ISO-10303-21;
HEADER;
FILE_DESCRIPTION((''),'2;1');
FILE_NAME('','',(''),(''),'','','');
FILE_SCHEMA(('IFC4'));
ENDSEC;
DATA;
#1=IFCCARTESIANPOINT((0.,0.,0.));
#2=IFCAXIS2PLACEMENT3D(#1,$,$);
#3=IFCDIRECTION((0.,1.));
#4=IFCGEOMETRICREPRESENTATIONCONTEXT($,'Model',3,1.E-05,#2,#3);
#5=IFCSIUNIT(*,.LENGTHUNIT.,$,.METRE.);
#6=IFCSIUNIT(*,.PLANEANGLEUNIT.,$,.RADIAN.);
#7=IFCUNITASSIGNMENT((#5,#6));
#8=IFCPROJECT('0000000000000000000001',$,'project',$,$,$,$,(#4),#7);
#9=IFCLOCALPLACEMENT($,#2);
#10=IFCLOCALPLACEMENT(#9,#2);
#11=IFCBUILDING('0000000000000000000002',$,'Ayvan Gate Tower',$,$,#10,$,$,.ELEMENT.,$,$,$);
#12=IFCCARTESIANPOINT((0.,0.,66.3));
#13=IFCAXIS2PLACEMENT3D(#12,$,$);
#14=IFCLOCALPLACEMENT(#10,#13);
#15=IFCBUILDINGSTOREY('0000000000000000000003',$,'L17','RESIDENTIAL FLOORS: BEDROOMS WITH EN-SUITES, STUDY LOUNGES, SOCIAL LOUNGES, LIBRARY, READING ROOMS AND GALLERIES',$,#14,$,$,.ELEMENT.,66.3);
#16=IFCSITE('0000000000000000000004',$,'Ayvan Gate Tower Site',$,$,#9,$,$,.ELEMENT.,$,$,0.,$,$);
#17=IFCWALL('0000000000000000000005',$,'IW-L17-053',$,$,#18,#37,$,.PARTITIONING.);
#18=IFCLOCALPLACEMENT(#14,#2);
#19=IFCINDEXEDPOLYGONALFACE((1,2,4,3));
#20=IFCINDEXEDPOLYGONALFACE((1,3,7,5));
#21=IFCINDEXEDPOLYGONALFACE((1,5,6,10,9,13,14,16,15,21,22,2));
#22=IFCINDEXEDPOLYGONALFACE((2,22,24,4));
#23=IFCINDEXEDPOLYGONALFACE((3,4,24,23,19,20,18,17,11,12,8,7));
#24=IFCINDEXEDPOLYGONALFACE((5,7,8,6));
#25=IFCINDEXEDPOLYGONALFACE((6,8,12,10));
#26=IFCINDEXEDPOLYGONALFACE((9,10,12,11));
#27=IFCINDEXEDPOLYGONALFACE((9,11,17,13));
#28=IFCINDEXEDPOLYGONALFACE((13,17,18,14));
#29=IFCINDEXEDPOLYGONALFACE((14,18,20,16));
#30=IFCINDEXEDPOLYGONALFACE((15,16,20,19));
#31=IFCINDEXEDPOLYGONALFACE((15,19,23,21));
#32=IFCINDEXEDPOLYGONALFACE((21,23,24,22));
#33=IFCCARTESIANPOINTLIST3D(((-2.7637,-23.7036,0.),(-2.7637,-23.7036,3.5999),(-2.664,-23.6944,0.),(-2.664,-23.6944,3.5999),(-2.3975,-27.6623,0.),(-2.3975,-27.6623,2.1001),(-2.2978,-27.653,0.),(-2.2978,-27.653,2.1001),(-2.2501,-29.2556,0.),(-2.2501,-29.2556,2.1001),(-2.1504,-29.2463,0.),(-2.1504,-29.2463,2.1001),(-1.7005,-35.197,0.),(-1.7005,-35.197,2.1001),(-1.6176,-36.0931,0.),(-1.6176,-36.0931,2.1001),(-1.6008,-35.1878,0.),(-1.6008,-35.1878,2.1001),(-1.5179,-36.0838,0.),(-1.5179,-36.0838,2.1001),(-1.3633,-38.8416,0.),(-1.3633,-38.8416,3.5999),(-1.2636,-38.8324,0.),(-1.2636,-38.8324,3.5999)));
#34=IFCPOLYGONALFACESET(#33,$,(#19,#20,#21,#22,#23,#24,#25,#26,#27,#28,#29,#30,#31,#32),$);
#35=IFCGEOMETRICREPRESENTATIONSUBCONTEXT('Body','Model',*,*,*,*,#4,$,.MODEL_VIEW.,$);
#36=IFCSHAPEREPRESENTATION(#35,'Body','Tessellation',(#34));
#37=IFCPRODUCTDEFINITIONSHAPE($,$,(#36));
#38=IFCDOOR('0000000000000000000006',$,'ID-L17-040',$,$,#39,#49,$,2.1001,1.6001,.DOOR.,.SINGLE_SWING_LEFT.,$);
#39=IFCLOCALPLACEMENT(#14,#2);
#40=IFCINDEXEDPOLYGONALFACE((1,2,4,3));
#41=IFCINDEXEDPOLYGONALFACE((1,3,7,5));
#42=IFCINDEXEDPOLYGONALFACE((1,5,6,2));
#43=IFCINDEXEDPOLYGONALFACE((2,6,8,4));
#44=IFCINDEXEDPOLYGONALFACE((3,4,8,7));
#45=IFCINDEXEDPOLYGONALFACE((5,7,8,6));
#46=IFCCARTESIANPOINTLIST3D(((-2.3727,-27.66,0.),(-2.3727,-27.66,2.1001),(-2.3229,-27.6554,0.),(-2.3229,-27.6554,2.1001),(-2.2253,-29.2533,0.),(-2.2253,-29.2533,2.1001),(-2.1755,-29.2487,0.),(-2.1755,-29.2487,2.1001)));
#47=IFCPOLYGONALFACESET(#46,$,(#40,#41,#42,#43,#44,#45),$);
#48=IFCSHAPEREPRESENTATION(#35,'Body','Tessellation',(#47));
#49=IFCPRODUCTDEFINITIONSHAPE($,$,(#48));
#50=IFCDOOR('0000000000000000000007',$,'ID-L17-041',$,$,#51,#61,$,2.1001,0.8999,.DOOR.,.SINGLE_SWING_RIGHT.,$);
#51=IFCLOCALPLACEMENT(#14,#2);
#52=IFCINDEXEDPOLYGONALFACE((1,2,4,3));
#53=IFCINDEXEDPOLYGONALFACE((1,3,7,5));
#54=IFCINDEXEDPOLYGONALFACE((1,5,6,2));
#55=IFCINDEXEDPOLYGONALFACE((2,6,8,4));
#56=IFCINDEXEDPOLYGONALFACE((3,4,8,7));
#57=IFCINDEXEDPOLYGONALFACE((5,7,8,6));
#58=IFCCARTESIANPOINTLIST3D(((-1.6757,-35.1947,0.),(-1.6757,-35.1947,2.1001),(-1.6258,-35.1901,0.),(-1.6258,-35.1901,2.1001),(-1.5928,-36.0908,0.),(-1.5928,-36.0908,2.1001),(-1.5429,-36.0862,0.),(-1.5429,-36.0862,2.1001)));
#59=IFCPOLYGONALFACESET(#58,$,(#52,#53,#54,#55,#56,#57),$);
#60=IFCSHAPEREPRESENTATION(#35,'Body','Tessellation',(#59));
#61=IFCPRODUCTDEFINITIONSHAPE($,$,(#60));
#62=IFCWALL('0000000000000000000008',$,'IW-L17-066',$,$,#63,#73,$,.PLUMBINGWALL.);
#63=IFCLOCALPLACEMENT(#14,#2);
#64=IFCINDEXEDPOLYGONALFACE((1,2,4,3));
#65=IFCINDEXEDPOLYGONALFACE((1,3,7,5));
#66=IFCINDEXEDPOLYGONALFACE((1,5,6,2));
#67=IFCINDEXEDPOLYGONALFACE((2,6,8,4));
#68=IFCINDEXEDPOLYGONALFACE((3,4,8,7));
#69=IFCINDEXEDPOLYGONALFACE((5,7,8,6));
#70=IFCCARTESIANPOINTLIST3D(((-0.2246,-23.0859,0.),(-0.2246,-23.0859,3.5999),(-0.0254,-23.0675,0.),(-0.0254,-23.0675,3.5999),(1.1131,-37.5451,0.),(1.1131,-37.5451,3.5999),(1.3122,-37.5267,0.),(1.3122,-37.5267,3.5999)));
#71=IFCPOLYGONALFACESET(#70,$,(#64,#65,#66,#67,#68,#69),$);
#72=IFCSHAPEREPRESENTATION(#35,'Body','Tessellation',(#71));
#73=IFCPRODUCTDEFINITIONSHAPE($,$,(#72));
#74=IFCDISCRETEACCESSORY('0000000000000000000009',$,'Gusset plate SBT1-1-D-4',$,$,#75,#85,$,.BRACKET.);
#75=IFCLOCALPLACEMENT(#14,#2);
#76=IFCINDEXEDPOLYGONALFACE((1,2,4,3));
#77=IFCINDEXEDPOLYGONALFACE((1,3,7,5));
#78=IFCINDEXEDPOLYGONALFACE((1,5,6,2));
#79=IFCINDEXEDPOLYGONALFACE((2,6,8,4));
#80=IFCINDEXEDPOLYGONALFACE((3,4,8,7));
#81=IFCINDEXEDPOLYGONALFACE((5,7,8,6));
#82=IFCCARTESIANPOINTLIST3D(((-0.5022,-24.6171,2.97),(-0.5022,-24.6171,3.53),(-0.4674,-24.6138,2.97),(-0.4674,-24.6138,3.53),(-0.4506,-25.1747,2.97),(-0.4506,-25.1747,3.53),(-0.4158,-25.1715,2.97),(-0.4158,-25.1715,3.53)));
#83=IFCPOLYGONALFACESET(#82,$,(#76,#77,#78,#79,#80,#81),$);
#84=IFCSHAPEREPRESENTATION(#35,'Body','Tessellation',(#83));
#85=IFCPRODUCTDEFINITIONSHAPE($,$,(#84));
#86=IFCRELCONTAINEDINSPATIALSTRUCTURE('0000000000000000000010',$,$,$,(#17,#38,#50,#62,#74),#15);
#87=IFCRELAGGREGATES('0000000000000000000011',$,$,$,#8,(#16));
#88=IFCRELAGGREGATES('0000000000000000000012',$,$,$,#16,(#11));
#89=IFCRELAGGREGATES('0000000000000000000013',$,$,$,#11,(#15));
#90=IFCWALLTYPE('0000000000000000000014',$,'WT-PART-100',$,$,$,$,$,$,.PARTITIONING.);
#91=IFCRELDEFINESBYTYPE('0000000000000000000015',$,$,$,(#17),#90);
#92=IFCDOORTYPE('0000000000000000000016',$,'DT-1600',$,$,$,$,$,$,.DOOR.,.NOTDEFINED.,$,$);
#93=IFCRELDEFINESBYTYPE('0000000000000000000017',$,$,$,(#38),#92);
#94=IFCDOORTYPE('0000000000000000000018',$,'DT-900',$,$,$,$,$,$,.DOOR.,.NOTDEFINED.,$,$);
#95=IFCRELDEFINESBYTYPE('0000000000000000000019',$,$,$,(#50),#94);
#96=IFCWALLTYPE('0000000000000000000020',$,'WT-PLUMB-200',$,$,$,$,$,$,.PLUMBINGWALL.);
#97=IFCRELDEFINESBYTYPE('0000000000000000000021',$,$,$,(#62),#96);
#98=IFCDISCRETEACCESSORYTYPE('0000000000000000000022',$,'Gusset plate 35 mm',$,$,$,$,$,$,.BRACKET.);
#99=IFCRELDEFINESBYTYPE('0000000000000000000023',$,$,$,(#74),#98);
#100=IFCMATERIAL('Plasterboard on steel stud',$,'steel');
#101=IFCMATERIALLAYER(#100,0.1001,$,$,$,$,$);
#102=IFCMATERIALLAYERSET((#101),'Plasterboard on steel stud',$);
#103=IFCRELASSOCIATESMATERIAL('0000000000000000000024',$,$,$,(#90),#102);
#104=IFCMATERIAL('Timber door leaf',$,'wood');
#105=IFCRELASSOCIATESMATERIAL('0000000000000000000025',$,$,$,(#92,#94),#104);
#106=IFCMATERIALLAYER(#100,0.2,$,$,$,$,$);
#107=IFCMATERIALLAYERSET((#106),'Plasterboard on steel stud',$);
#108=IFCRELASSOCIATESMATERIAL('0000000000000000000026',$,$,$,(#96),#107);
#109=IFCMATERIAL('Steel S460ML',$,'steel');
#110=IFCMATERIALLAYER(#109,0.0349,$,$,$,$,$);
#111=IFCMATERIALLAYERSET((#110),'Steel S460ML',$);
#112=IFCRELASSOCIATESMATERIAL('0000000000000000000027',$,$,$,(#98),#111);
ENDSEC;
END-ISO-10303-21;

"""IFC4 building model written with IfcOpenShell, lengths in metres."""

from ifc_helpers import new_model, si_unit, direction, frame, frame_2d, origin, origin_2d, place, context, subcontext, project, spatial, rectangle, extrude, material, layer, layer_set, type_object, element, fill, save


model = new_model("IFC4")

# Units and contexts
model_context = context("Model", 3, precision=1e-05, world=origin(), true_north=direction((0.0, 1.0)))
body_context = subcontext(model_context, "Body", "Model", "MODEL_VIEW")
ifc_project = project(units=[si_unit("LENGTHUNIT", "METRE"), si_unit("PLANEANGLEUNIT", "RADIAN")], contexts=[model_context])

# Site, building, storey
site_placement = place(None, origin())
site = spatial("IfcSite", under=ifc_project, at=site_placement, Name="Ayvan Gate Tower Site", CompositionType="ELEMENT", RefElevation=0.0)
building_placement = place(site_placement, origin())
building = spatial("IfcBuilding", under=site, at=building_placement, Name="Ayvan Gate Tower", CompositionType="ELEMENT")
storey_placement = place(building_placement, frame((0.0, 0.0, 66.3)))
storey = spatial("IfcBuildingStorey", under=building, at=storey_placement, Name="L17", Description="RESIDENTIAL FLOORS: BEDROOMS WITH EN-SUITES, STUDY LOUNGES, SOCIAL LOUNGES, LIBRARY, READING ROOMS AND GALLERIES", CompositionType="ELEMENT", Elevation=66.3)

# Wall, openings, doors
ifc_material_1 = material(Name="Plasterboard on steel stud", Category="steel")
ifc_layer_1 = layer(ifc_material_1, 0.1001)
ifc_layer_set_1 = layer_set([ifc_layer_1], Name="Plasterboard on steel stud")
wall_type_1 = type_object("IfcWallType", Name="WT-PART-100", PredefinedType="PARTITIONING", material=ifc_layer_set_1)
wall_1_placement = place(storey_placement, frame((-2.7139, -23.699, 0.0), z_axis=(0.0, 0.0, 1.0), x_axis=(0.092115, -0.995748, 0.0)))
wall_1 = element("IfcWall", 1, at=wall_1_placement, inside=storey, type_object=wall_type_1, Name="IW-L17-053", PredefinedType="PARTITIONING", context=body_context, shape_type="SweptSolid", body=[
    extrude(rectangle(XDim=15.2026, YDim=0.1001, at=frame_2d((7.6013, 0.0))), origin(), (0.0, 0.0, 1.0), 3.5999),
])
opening_1_placement = place(wall_1_placement, frame((3.9756, 0.0, 0.0)))
opening_1 = element("IfcOpeningElement", 2, at=opening_1_placement, cuts=wall_1, PredefinedType="OPENING", context=body_context, shape_type="SweptSolid", body=[
    extrude(rectangle(XDim=1.6001, YDim=2.1001, at=frame_2d((0.8, 1.05))), frame((0.0, 0.0601, 0.0), z_axis=(0.0, -1.0, 0.0), x_axis=(1.0, 0.0, 0.0)), (0.0, 0.0, 1.0), 0.1201),
])
opening_2_placement = place(wall_1_placement, frame((11.5425, 0.0, 0.0)))
opening_2 = element("IfcOpeningElement", 3, at=opening_2_placement, cuts=wall_1, PredefinedType="OPENING", context=body_context, shape_type="SweptSolid", body=[
    extrude(rectangle(XDim=0.8999, YDim=2.1001, at=frame_2d((0.45, 1.05))), frame((0.0, 0.0601, 0.0), z_axis=(0.0, -1.0, 0.0), x_axis=(1.0, 0.0, 0.0)), (0.0, 0.0, 1.0), 0.1201),
])
ifc_material_2 = material(Name="Timber door leaf", Category="wood")
door_type_1 = type_object("IfcDoorType", Name="DT-1600", OperationType="NOTDEFINED", PredefinedType="DOOR", material=ifc_material_2)
door_1_placement = place(opening_1_placement, origin())
door_1 = element("IfcDoor", 4, at=door_1_placement, inside=storey, type_object=door_type_1, Name="ID-L17-040", OperationType="SINGLE_SWING_LEFT", OverallHeight=2.1001, OverallWidth=1.6001, PredefinedType="DOOR", context=body_context, shape_type="SweptSolid", body=[
    extrude(rectangle(XDim=1.6001, YDim=2.1001, at=frame_2d((0.8, 1.05))), frame((0.0, 0.0249, 0.0), z_axis=(0.0, -1.0, 0.0), x_axis=(1.0, 0.0, 0.0)), (0.0, 0.0, 1.0), 0.05),
])
fill(opening_1, door_1)
door_type_2 = type_object("IfcDoorType", Name="DT-900", OperationType="NOTDEFINED", PredefinedType="DOOR", material=ifc_material_2)
door_2_placement = place(opening_2_placement, origin())
door_2 = element("IfcDoor", 5, at=door_2_placement, inside=storey, type_object=door_type_2, Name="ID-L17-041", OperationType="SINGLE_SWING_RIGHT", OverallHeight=2.1001, OverallWidth=0.8999, PredefinedType="DOOR", context=body_context, shape_type="SweptSolid", body=[
    extrude(rectangle(XDim=0.8999, YDim=2.1001, at=frame_2d((0.45, 1.05))), frame((0.0, 0.0249, 0.0), z_axis=(0.0, -1.0, 0.0), x_axis=(1.0, 0.0, 0.0)), (0.0, 0.0, 1.0), 0.05),
])
fill(opening_2, door_2)

# Wall
ifc_layer_2 = layer(ifc_material_1, 0.2)
ifc_layer_set_2 = layer_set([ifc_layer_2], Name="Plasterboard on steel stud")
wall_type_2 = type_object("IfcWallType", Name="WT-PLUMB-200", PredefinedType="PLUMBINGWALL", material=ifc_layer_set_2)
wall_2_placement = place(storey_placement, frame((-0.125, -23.0767, 0.0), z_axis=(0.0, 0.0, 1.0), x_axis=(0.092118, -0.995748, 0.0)))
element("IfcWall", 6, at=wall_2_placement, inside=storey, type_object=wall_type_2, Name="IW-L17-066", PredefinedType="PLUMBINGWALL", context=body_context, shape_type="SweptSolid", body=[
    extrude(rectangle(XDim=14.521, YDim=0.2, at=frame_2d((7.2605, 0.0))), origin(), (0.0, 0.0, 1.0), 3.5999),
])

# Discrete accessory
ifc_material_3 = material(Name="Steel S460ML", Category="steel")
ifc_layer_3 = layer(ifc_material_3, 0.0349)
ifc_layer_set_3 = layer_set([ifc_layer_3], Name="Steel S460ML")
discrete_accessory_type = type_object("IfcDiscreteAccessoryType", Name="Gusset plate 35 mm", PredefinedType="BRACKET", material=ifc_layer_set_3)
discrete_accessory_placement = place(storey_placement, frame((-0.459, -24.8943, 2.97), z_axis=(0.0, 0.0, 1.0), x_axis=(-0.092119, 0.995748, 0.0)))
element("IfcDiscreteAccessory", 7, at=discrete_accessory_placement, inside=storey, type_object=discrete_accessory_type, Name="Gusset plate SBT1-1-D-4", PredefinedType="BRACKET", context=body_context, shape_type="SweptSolid", body=[
    extrude(rectangle(XDim=0.5601, YDim=0.0349, at=origin_2d()), origin(), (0.0, 0.0, 1.0), 0.5601),
])

save(model, "model.ifc")
